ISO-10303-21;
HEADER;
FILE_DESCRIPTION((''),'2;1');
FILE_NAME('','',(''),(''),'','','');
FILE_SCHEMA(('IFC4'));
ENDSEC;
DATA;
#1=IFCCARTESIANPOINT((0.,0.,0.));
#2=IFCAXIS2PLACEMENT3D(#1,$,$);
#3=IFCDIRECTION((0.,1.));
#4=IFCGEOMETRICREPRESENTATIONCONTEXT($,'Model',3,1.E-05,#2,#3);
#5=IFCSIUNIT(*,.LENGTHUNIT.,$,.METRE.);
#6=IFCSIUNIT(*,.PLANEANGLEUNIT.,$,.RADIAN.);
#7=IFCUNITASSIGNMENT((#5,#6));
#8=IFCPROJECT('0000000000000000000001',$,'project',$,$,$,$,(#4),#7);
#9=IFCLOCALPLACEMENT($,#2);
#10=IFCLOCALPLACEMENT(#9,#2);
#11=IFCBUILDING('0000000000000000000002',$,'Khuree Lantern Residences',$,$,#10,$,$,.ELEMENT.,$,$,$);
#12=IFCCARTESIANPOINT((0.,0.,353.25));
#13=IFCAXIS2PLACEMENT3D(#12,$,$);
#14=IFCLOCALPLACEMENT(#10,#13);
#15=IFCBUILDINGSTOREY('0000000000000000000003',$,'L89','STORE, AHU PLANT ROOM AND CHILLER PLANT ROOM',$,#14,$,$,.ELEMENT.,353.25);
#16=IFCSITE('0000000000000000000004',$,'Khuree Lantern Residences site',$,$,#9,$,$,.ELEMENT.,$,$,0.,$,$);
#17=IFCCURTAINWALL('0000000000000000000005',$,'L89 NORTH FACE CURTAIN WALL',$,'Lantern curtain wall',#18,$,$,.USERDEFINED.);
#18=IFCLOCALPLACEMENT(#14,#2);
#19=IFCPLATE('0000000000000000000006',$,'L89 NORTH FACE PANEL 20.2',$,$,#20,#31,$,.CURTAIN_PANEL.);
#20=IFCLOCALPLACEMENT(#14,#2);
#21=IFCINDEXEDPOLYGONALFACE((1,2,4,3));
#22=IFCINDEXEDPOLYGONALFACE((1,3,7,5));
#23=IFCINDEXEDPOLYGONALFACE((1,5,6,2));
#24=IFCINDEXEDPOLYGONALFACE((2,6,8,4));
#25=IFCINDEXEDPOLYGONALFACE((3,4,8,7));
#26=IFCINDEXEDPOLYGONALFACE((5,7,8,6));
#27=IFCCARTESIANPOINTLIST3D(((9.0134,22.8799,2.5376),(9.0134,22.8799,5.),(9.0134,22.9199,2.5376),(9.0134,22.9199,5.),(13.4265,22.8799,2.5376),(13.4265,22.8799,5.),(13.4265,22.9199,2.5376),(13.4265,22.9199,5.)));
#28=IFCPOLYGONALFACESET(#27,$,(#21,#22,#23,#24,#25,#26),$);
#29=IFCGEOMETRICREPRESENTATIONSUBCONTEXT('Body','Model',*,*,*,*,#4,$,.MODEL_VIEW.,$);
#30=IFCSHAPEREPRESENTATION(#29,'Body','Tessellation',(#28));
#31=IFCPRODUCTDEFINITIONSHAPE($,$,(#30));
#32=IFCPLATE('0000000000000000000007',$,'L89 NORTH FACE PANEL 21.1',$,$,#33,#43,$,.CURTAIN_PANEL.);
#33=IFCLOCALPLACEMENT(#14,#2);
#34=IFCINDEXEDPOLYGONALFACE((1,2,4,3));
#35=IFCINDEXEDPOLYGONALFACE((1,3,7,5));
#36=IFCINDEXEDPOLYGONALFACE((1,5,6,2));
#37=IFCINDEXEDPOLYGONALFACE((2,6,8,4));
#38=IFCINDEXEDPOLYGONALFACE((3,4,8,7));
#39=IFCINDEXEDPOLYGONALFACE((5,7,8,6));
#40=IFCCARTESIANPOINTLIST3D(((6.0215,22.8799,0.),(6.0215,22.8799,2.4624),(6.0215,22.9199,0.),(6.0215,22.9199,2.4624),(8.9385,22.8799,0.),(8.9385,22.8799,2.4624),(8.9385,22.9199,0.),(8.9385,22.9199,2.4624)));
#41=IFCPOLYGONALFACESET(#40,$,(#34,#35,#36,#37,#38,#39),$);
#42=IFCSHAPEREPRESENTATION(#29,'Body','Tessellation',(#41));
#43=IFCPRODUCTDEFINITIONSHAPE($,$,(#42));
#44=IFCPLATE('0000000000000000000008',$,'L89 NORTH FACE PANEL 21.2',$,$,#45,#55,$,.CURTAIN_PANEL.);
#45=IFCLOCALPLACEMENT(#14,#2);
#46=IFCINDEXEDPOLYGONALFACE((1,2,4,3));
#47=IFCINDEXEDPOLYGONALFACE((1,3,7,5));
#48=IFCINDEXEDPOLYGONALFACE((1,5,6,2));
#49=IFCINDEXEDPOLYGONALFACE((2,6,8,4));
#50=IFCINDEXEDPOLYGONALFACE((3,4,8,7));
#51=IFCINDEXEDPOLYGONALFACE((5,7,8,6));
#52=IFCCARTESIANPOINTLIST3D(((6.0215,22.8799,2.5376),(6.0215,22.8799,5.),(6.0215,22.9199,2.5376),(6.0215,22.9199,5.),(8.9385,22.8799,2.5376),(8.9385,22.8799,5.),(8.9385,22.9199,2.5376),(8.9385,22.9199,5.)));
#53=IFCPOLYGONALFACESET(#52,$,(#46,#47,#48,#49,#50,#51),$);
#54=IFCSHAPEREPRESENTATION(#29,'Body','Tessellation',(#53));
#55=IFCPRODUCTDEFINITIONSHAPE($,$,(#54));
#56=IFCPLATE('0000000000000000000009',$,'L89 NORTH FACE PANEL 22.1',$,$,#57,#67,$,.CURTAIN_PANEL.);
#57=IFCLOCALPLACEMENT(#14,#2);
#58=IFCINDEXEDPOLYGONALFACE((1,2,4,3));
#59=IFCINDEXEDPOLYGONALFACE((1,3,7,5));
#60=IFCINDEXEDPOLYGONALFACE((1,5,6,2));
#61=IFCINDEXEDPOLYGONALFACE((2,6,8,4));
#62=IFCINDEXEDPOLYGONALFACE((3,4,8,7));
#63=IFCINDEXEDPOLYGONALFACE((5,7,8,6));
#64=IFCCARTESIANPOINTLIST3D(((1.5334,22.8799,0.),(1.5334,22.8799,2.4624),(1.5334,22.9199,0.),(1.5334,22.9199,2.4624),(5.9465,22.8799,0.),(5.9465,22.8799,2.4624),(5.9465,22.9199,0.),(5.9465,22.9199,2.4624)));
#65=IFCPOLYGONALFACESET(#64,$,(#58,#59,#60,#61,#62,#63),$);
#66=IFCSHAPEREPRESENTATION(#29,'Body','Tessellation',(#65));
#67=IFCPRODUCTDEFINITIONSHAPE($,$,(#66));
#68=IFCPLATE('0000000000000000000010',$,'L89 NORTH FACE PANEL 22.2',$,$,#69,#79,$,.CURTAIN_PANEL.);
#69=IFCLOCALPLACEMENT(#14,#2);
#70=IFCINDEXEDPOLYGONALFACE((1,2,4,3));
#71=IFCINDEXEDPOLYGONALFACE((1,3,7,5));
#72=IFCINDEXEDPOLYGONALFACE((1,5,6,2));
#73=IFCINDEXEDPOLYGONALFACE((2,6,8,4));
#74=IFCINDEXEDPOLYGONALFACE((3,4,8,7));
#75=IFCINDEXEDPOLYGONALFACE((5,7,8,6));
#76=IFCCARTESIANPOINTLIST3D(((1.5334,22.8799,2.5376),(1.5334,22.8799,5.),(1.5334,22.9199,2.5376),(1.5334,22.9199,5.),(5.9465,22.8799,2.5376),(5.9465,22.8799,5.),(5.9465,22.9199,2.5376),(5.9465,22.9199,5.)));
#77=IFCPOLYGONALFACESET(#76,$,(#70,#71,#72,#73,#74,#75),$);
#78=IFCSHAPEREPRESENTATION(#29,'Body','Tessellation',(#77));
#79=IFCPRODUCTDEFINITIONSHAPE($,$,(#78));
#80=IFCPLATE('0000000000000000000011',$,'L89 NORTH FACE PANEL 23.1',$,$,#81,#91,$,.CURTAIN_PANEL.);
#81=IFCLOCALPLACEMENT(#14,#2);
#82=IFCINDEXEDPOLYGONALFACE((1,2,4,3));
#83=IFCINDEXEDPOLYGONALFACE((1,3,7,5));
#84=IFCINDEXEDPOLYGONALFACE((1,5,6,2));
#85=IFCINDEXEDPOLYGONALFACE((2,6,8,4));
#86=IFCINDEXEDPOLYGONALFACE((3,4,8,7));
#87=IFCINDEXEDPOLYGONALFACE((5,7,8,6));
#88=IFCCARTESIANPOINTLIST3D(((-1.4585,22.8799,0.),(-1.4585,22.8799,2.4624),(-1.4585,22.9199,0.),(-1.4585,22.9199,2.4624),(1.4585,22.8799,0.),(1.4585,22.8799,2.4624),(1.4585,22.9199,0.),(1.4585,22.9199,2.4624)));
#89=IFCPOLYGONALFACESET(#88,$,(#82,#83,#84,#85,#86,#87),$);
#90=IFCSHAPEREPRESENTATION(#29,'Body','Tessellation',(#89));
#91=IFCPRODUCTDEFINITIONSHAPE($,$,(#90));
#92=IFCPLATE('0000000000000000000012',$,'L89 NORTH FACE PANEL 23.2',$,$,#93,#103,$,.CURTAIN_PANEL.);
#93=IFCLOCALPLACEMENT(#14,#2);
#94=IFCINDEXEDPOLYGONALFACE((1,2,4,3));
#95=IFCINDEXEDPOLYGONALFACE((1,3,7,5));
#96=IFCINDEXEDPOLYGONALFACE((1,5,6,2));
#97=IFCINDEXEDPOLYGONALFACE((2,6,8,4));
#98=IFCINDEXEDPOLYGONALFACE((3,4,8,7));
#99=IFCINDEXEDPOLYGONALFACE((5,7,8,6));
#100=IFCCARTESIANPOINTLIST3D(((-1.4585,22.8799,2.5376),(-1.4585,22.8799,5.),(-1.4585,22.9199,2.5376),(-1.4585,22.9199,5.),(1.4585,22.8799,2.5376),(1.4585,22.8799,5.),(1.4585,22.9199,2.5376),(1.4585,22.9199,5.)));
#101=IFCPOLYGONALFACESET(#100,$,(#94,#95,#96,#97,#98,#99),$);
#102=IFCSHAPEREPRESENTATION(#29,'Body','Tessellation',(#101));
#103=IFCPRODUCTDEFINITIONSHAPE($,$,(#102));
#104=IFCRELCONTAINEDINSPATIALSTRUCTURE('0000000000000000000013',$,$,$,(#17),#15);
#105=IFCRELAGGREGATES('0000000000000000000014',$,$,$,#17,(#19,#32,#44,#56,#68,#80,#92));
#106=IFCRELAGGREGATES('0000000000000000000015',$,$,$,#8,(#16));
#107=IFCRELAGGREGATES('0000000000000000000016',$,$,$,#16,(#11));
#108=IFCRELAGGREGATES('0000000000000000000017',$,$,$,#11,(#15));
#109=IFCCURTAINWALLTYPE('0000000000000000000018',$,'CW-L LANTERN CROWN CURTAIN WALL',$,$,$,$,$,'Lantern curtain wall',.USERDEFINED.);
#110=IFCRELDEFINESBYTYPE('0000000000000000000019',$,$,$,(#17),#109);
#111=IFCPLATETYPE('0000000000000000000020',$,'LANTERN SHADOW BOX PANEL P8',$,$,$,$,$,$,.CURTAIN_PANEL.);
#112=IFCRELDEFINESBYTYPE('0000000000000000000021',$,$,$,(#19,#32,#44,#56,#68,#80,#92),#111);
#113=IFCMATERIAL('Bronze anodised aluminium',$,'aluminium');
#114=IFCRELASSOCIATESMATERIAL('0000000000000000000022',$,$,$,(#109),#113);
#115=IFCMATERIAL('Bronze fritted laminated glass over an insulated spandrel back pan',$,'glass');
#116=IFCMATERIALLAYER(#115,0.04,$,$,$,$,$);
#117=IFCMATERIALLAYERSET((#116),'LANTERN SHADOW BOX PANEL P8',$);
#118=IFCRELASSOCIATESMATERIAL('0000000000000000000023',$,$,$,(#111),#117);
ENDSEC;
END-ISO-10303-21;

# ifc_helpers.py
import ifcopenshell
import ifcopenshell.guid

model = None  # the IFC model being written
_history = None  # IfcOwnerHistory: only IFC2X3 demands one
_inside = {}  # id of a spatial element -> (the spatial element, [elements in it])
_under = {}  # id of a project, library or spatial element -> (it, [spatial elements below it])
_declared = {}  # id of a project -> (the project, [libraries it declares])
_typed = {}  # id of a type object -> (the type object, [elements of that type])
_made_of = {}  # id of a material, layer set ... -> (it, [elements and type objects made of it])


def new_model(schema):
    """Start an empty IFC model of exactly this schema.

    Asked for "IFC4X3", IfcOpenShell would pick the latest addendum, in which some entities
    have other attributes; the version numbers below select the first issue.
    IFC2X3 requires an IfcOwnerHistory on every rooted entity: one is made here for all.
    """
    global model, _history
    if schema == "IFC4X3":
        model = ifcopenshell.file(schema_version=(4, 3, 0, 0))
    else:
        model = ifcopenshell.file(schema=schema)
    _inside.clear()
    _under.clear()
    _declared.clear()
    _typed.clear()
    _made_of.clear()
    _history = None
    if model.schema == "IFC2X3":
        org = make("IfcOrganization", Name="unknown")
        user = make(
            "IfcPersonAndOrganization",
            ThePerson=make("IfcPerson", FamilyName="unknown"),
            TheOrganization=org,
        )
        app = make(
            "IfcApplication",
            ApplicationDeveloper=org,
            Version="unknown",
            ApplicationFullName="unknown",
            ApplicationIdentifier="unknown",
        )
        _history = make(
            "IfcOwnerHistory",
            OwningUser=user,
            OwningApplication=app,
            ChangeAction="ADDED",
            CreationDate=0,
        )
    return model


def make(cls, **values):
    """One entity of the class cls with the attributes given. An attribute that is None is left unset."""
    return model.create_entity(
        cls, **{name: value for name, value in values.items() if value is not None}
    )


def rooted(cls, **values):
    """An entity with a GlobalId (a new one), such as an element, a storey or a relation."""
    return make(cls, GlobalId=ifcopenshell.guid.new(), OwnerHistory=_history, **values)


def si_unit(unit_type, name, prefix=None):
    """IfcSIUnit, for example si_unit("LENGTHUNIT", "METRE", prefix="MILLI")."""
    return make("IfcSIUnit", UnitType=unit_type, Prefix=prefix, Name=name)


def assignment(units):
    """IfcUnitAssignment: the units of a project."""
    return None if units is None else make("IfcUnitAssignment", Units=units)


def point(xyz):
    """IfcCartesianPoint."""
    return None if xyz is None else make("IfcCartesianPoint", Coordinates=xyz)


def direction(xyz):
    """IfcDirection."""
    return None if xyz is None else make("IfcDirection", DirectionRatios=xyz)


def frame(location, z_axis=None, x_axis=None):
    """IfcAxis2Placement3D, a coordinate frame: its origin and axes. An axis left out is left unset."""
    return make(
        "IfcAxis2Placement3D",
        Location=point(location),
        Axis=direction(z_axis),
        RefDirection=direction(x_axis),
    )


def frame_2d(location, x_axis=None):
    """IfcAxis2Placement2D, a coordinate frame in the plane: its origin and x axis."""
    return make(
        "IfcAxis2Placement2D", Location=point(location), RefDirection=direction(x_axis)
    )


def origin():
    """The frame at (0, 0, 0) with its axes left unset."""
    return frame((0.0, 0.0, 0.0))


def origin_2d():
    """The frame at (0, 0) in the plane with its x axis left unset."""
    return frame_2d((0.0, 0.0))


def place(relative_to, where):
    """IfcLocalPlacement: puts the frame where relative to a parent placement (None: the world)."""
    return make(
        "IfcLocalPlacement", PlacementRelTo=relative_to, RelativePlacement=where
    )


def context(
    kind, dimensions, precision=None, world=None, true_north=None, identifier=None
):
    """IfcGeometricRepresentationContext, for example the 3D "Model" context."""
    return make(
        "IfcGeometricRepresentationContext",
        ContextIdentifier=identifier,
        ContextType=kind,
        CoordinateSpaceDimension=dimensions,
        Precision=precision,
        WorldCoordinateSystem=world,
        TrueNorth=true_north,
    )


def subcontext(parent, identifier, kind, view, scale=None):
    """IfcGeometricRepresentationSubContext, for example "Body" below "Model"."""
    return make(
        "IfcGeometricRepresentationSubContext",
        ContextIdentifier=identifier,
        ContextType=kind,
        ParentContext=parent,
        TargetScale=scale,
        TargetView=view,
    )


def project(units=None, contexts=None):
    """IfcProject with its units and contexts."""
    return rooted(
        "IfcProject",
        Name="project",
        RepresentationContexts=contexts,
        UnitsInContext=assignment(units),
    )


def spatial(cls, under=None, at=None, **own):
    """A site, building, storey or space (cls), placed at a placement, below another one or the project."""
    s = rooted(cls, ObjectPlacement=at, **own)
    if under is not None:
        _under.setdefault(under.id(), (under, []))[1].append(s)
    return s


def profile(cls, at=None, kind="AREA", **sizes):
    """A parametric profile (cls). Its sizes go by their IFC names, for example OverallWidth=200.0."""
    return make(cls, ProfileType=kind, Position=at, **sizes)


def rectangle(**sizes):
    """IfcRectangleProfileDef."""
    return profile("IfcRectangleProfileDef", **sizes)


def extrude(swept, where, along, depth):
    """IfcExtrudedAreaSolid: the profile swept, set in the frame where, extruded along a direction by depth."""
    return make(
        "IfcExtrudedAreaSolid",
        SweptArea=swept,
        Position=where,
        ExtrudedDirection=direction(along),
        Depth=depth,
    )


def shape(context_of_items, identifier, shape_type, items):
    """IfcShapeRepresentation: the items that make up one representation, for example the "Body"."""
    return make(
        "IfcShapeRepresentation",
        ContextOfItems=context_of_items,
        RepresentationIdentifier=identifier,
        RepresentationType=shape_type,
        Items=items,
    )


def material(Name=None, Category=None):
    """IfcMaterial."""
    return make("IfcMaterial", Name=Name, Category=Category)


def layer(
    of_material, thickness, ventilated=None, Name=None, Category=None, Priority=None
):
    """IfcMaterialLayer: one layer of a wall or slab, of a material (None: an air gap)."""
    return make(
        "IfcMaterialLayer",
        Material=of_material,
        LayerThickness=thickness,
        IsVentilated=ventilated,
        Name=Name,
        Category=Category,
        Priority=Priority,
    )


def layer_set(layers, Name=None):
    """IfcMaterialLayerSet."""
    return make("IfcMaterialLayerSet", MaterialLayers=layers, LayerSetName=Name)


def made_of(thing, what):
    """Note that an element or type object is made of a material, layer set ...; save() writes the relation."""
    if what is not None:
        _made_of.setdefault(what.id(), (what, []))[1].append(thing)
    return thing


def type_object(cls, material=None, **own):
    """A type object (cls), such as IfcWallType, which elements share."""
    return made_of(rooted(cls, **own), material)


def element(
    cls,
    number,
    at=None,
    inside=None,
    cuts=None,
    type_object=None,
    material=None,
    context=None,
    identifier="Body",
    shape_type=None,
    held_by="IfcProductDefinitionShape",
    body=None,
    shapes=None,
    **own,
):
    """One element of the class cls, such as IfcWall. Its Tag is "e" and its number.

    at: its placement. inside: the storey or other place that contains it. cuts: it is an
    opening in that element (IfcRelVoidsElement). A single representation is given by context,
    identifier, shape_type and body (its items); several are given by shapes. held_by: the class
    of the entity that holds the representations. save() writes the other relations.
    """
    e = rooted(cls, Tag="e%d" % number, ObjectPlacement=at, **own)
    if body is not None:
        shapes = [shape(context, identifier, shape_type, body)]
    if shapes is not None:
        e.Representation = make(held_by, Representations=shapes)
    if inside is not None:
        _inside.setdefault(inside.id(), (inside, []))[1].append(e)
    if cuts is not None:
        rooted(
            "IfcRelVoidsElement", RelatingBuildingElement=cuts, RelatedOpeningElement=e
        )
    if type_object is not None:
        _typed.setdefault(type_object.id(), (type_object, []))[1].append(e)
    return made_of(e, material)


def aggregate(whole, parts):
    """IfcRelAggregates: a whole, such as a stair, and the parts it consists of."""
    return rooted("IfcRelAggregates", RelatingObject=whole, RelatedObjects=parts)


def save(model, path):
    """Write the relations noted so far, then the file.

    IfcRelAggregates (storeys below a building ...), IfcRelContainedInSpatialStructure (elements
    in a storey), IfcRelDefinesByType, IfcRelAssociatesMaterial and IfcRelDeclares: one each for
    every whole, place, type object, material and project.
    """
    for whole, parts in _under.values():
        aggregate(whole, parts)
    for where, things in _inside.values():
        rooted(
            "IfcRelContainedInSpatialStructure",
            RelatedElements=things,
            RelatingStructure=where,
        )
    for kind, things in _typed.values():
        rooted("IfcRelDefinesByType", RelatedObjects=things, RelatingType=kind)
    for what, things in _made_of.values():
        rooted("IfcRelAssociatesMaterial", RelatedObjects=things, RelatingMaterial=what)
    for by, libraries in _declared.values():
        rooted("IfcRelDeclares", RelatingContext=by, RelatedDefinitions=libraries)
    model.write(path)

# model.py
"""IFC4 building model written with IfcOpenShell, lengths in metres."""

from ifc_helpers import new_model, si_unit, direction, frame, origin, origin_2d, place, context, subcontext, project, spatial, rectangle, extrude, material, layer, layer_set, type_object, element, aggregate, save


model = new_model("IFC4")

# Units and contexts
model_context = context("Model", 3, precision=1e-05, world=origin(), true_north=direction((0.0, 1.0)))
body_context = subcontext(model_context, "Body", "Model", "MODEL_VIEW")
ifc_project = project(units=[si_unit("LENGTHUNIT", "METRE"), si_unit("PLANEANGLEUNIT", "RADIAN")], contexts=[model_context])

# Site, building, storey
site_placement = place(None, origin())
site = spatial("IfcSite", under=ifc_project, at=site_placement, Name="Khuree Lantern Residences site", CompositionType="ELEMENT", RefElevation=0.0)
building_placement = place(site_placement, origin())
building = spatial("IfcBuilding", under=site, at=building_placement, Name="Khuree Lantern Residences", CompositionType="ELEMENT")
storey_placement = place(building_placement, frame((0.0, 0.0, 353.25)))
storey = spatial("IfcBuildingStorey", under=building, at=storey_placement, Name="L89", Description="STORE, AHU PLANT ROOM AND CHILLER PLANT ROOM", CompositionType="ELEMENT", Elevation=353.25)

# Curtain wall
ifc_material_1 = material(Name="Bronze anodised aluminium", Category="aluminium")
curtain_wall_type = type_object("IfcCurtainWallType", Name="CW-L LANTERN CROWN CURTAIN WALL", ElementType="Lantern curtain wall", PredefinedType="USERDEFINED", material=ifc_material_1)
curtain_wall_placement = place(storey_placement, origin())
curtain_wall = element("IfcCurtainWall", 1, at=curtain_wall_placement, inside=storey, type_object=curtain_wall_type, Name="L89 NORTH FACE CURTAIN WALL", ObjectType="Lantern curtain wall", PredefinedType="USERDEFINED")

# Plates
ifc_material_2 = material(Name="Bronze fritted laminated glass over an insulated spandrel back pan", Category="glass")
ifc_layer = layer(ifc_material_2, 0.04)
ifc_layer_set = layer_set([ifc_layer], Name="LANTERN SHADOW BOX PANEL P8")
plate_type = type_object("IfcPlateType", Name="LANTERN SHADOW BOX PANEL P8", PredefinedType="CURTAIN_PANEL", material=ifc_layer_set)
plate_1_placement = place(storey_placement, frame((11.22, 22.8999, 2.5376), z_axis=(0.0, 0.0, 1.0), x_axis=(-1.0, 0.0, 0.0)))
plate_1 = element("IfcPlate", 2, at=plate_1_placement, type_object=plate_type, Name="L89 NORTH FACE PANEL 20.2", PredefinedType="CURTAIN_PANEL", context=body_context, shape_type="SweptSolid", body=[
    extrude(rectangle(XDim=4.4131, YDim=0.04, at=origin_2d()), origin(), (0.0, 0.0, 1.0), 2.4624),
])
plate_2_placement = place(storey_placement, frame((7.48, 22.8999, 0.0), z_axis=(0.0, 0.0, 1.0), x_axis=(-1.0, 0.0, 0.0)))
plate_2 = element("IfcPlate", 3, at=plate_2_placement, type_object=plate_type, Name="L89 NORTH FACE PANEL 21.1", PredefinedType="CURTAIN_PANEL", context=body_context, shape_type="SweptSolid", body=[
    extrude(rectangle(XDim=2.917, YDim=0.04, at=origin_2d()), origin(), (0.0, 0.0, 1.0), 2.4624),
])
plate_3_placement = place(storey_placement, frame((7.48, 22.8999, 2.5376), z_axis=(0.0, 0.0, 1.0), x_axis=(-1.0, 0.0, 0.0)))
plate_3 = element("IfcPlate", 4, at=plate_3_placement, type_object=plate_type, Name="L89 NORTH FACE PANEL 21.2", PredefinedType="CURTAIN_PANEL", context=body_context, shape_type="SweptSolid", body=[
    extrude(rectangle(XDim=2.917, YDim=0.04, at=origin_2d()), origin(), (0.0, 0.0, 1.0), 2.4624),
])
plate_4_placement = place(storey_placement, frame((3.74, 22.8999, 0.0), z_axis=(0.0, 0.0, 1.0), x_axis=(-1.0, 0.0, 0.0)))
plate_4 = element("IfcPlate", 5, at=plate_4_placement, type_object=plate_type, Name="L89 NORTH FACE PANEL 22.1", PredefinedType="CURTAIN_PANEL", context=body_context, shape_type="SweptSolid", body=[
    extrude(rectangle(XDim=4.4131, YDim=0.04, at=origin_2d()), origin(), (0.0, 0.0, 1.0), 2.4624),
])
plate_5_placement = place(storey_placement, frame((3.74, 22.8999, 2.5376), z_axis=(0.0, 0.0, 1.0), x_axis=(-1.0, 0.0, 0.0)))
plate_5 = element("IfcPlate", 6, at=plate_5_placement, type_object=plate_type, Name="L89 NORTH FACE PANEL 22.2", PredefinedType="CURTAIN_PANEL", context=body_context, shape_type="SweptSolid", body=[
    extrude(rectangle(XDim=4.4131, YDim=0.04, at=origin_2d()), origin(), (0.0, 0.0, 1.0), 2.4624),
])
plate_6_placement = place(storey_placement, frame((0.0, 22.8999, 0.0), z_axis=(0.0, 0.0, 1.0), x_axis=(-1.0, 0.0, 0.0)))
plate_6 = element("IfcPlate", 7, at=plate_6_placement, type_object=plate_type, Name="L89 NORTH FACE PANEL 23.1", PredefinedType="CURTAIN_PANEL", context=body_context, shape_type="SweptSolid", body=[
    extrude(rectangle(XDim=2.917, YDim=0.04, at=origin_2d()), origin(), (0.0, 0.0, 1.0), 2.4624),
])
plate_7_placement = place(storey_placement, frame((0.0, 22.8999, 2.5376), z_axis=(0.0, 0.0, 1.0), x_axis=(-1.0, 0.0, 0.0)))
plate_7 = element("IfcPlate", 8, at=plate_7_placement, type_object=plate_type, Name="L89 NORTH FACE PANEL 23.2", PredefinedType="CURTAIN_PANEL", context=body_context, shape_type="SweptSolid", body=[
    extrude(rectangle(XDim=2.917, YDim=0.04, at=origin_2d()), origin(), (0.0, 0.0, 1.0), 2.4624),
])
aggregate(curtain_wall, [plate_1, plate_2, plate_3, plate_4, plate_5, plate_6, plate_7])

save(model, "model.ifc")
